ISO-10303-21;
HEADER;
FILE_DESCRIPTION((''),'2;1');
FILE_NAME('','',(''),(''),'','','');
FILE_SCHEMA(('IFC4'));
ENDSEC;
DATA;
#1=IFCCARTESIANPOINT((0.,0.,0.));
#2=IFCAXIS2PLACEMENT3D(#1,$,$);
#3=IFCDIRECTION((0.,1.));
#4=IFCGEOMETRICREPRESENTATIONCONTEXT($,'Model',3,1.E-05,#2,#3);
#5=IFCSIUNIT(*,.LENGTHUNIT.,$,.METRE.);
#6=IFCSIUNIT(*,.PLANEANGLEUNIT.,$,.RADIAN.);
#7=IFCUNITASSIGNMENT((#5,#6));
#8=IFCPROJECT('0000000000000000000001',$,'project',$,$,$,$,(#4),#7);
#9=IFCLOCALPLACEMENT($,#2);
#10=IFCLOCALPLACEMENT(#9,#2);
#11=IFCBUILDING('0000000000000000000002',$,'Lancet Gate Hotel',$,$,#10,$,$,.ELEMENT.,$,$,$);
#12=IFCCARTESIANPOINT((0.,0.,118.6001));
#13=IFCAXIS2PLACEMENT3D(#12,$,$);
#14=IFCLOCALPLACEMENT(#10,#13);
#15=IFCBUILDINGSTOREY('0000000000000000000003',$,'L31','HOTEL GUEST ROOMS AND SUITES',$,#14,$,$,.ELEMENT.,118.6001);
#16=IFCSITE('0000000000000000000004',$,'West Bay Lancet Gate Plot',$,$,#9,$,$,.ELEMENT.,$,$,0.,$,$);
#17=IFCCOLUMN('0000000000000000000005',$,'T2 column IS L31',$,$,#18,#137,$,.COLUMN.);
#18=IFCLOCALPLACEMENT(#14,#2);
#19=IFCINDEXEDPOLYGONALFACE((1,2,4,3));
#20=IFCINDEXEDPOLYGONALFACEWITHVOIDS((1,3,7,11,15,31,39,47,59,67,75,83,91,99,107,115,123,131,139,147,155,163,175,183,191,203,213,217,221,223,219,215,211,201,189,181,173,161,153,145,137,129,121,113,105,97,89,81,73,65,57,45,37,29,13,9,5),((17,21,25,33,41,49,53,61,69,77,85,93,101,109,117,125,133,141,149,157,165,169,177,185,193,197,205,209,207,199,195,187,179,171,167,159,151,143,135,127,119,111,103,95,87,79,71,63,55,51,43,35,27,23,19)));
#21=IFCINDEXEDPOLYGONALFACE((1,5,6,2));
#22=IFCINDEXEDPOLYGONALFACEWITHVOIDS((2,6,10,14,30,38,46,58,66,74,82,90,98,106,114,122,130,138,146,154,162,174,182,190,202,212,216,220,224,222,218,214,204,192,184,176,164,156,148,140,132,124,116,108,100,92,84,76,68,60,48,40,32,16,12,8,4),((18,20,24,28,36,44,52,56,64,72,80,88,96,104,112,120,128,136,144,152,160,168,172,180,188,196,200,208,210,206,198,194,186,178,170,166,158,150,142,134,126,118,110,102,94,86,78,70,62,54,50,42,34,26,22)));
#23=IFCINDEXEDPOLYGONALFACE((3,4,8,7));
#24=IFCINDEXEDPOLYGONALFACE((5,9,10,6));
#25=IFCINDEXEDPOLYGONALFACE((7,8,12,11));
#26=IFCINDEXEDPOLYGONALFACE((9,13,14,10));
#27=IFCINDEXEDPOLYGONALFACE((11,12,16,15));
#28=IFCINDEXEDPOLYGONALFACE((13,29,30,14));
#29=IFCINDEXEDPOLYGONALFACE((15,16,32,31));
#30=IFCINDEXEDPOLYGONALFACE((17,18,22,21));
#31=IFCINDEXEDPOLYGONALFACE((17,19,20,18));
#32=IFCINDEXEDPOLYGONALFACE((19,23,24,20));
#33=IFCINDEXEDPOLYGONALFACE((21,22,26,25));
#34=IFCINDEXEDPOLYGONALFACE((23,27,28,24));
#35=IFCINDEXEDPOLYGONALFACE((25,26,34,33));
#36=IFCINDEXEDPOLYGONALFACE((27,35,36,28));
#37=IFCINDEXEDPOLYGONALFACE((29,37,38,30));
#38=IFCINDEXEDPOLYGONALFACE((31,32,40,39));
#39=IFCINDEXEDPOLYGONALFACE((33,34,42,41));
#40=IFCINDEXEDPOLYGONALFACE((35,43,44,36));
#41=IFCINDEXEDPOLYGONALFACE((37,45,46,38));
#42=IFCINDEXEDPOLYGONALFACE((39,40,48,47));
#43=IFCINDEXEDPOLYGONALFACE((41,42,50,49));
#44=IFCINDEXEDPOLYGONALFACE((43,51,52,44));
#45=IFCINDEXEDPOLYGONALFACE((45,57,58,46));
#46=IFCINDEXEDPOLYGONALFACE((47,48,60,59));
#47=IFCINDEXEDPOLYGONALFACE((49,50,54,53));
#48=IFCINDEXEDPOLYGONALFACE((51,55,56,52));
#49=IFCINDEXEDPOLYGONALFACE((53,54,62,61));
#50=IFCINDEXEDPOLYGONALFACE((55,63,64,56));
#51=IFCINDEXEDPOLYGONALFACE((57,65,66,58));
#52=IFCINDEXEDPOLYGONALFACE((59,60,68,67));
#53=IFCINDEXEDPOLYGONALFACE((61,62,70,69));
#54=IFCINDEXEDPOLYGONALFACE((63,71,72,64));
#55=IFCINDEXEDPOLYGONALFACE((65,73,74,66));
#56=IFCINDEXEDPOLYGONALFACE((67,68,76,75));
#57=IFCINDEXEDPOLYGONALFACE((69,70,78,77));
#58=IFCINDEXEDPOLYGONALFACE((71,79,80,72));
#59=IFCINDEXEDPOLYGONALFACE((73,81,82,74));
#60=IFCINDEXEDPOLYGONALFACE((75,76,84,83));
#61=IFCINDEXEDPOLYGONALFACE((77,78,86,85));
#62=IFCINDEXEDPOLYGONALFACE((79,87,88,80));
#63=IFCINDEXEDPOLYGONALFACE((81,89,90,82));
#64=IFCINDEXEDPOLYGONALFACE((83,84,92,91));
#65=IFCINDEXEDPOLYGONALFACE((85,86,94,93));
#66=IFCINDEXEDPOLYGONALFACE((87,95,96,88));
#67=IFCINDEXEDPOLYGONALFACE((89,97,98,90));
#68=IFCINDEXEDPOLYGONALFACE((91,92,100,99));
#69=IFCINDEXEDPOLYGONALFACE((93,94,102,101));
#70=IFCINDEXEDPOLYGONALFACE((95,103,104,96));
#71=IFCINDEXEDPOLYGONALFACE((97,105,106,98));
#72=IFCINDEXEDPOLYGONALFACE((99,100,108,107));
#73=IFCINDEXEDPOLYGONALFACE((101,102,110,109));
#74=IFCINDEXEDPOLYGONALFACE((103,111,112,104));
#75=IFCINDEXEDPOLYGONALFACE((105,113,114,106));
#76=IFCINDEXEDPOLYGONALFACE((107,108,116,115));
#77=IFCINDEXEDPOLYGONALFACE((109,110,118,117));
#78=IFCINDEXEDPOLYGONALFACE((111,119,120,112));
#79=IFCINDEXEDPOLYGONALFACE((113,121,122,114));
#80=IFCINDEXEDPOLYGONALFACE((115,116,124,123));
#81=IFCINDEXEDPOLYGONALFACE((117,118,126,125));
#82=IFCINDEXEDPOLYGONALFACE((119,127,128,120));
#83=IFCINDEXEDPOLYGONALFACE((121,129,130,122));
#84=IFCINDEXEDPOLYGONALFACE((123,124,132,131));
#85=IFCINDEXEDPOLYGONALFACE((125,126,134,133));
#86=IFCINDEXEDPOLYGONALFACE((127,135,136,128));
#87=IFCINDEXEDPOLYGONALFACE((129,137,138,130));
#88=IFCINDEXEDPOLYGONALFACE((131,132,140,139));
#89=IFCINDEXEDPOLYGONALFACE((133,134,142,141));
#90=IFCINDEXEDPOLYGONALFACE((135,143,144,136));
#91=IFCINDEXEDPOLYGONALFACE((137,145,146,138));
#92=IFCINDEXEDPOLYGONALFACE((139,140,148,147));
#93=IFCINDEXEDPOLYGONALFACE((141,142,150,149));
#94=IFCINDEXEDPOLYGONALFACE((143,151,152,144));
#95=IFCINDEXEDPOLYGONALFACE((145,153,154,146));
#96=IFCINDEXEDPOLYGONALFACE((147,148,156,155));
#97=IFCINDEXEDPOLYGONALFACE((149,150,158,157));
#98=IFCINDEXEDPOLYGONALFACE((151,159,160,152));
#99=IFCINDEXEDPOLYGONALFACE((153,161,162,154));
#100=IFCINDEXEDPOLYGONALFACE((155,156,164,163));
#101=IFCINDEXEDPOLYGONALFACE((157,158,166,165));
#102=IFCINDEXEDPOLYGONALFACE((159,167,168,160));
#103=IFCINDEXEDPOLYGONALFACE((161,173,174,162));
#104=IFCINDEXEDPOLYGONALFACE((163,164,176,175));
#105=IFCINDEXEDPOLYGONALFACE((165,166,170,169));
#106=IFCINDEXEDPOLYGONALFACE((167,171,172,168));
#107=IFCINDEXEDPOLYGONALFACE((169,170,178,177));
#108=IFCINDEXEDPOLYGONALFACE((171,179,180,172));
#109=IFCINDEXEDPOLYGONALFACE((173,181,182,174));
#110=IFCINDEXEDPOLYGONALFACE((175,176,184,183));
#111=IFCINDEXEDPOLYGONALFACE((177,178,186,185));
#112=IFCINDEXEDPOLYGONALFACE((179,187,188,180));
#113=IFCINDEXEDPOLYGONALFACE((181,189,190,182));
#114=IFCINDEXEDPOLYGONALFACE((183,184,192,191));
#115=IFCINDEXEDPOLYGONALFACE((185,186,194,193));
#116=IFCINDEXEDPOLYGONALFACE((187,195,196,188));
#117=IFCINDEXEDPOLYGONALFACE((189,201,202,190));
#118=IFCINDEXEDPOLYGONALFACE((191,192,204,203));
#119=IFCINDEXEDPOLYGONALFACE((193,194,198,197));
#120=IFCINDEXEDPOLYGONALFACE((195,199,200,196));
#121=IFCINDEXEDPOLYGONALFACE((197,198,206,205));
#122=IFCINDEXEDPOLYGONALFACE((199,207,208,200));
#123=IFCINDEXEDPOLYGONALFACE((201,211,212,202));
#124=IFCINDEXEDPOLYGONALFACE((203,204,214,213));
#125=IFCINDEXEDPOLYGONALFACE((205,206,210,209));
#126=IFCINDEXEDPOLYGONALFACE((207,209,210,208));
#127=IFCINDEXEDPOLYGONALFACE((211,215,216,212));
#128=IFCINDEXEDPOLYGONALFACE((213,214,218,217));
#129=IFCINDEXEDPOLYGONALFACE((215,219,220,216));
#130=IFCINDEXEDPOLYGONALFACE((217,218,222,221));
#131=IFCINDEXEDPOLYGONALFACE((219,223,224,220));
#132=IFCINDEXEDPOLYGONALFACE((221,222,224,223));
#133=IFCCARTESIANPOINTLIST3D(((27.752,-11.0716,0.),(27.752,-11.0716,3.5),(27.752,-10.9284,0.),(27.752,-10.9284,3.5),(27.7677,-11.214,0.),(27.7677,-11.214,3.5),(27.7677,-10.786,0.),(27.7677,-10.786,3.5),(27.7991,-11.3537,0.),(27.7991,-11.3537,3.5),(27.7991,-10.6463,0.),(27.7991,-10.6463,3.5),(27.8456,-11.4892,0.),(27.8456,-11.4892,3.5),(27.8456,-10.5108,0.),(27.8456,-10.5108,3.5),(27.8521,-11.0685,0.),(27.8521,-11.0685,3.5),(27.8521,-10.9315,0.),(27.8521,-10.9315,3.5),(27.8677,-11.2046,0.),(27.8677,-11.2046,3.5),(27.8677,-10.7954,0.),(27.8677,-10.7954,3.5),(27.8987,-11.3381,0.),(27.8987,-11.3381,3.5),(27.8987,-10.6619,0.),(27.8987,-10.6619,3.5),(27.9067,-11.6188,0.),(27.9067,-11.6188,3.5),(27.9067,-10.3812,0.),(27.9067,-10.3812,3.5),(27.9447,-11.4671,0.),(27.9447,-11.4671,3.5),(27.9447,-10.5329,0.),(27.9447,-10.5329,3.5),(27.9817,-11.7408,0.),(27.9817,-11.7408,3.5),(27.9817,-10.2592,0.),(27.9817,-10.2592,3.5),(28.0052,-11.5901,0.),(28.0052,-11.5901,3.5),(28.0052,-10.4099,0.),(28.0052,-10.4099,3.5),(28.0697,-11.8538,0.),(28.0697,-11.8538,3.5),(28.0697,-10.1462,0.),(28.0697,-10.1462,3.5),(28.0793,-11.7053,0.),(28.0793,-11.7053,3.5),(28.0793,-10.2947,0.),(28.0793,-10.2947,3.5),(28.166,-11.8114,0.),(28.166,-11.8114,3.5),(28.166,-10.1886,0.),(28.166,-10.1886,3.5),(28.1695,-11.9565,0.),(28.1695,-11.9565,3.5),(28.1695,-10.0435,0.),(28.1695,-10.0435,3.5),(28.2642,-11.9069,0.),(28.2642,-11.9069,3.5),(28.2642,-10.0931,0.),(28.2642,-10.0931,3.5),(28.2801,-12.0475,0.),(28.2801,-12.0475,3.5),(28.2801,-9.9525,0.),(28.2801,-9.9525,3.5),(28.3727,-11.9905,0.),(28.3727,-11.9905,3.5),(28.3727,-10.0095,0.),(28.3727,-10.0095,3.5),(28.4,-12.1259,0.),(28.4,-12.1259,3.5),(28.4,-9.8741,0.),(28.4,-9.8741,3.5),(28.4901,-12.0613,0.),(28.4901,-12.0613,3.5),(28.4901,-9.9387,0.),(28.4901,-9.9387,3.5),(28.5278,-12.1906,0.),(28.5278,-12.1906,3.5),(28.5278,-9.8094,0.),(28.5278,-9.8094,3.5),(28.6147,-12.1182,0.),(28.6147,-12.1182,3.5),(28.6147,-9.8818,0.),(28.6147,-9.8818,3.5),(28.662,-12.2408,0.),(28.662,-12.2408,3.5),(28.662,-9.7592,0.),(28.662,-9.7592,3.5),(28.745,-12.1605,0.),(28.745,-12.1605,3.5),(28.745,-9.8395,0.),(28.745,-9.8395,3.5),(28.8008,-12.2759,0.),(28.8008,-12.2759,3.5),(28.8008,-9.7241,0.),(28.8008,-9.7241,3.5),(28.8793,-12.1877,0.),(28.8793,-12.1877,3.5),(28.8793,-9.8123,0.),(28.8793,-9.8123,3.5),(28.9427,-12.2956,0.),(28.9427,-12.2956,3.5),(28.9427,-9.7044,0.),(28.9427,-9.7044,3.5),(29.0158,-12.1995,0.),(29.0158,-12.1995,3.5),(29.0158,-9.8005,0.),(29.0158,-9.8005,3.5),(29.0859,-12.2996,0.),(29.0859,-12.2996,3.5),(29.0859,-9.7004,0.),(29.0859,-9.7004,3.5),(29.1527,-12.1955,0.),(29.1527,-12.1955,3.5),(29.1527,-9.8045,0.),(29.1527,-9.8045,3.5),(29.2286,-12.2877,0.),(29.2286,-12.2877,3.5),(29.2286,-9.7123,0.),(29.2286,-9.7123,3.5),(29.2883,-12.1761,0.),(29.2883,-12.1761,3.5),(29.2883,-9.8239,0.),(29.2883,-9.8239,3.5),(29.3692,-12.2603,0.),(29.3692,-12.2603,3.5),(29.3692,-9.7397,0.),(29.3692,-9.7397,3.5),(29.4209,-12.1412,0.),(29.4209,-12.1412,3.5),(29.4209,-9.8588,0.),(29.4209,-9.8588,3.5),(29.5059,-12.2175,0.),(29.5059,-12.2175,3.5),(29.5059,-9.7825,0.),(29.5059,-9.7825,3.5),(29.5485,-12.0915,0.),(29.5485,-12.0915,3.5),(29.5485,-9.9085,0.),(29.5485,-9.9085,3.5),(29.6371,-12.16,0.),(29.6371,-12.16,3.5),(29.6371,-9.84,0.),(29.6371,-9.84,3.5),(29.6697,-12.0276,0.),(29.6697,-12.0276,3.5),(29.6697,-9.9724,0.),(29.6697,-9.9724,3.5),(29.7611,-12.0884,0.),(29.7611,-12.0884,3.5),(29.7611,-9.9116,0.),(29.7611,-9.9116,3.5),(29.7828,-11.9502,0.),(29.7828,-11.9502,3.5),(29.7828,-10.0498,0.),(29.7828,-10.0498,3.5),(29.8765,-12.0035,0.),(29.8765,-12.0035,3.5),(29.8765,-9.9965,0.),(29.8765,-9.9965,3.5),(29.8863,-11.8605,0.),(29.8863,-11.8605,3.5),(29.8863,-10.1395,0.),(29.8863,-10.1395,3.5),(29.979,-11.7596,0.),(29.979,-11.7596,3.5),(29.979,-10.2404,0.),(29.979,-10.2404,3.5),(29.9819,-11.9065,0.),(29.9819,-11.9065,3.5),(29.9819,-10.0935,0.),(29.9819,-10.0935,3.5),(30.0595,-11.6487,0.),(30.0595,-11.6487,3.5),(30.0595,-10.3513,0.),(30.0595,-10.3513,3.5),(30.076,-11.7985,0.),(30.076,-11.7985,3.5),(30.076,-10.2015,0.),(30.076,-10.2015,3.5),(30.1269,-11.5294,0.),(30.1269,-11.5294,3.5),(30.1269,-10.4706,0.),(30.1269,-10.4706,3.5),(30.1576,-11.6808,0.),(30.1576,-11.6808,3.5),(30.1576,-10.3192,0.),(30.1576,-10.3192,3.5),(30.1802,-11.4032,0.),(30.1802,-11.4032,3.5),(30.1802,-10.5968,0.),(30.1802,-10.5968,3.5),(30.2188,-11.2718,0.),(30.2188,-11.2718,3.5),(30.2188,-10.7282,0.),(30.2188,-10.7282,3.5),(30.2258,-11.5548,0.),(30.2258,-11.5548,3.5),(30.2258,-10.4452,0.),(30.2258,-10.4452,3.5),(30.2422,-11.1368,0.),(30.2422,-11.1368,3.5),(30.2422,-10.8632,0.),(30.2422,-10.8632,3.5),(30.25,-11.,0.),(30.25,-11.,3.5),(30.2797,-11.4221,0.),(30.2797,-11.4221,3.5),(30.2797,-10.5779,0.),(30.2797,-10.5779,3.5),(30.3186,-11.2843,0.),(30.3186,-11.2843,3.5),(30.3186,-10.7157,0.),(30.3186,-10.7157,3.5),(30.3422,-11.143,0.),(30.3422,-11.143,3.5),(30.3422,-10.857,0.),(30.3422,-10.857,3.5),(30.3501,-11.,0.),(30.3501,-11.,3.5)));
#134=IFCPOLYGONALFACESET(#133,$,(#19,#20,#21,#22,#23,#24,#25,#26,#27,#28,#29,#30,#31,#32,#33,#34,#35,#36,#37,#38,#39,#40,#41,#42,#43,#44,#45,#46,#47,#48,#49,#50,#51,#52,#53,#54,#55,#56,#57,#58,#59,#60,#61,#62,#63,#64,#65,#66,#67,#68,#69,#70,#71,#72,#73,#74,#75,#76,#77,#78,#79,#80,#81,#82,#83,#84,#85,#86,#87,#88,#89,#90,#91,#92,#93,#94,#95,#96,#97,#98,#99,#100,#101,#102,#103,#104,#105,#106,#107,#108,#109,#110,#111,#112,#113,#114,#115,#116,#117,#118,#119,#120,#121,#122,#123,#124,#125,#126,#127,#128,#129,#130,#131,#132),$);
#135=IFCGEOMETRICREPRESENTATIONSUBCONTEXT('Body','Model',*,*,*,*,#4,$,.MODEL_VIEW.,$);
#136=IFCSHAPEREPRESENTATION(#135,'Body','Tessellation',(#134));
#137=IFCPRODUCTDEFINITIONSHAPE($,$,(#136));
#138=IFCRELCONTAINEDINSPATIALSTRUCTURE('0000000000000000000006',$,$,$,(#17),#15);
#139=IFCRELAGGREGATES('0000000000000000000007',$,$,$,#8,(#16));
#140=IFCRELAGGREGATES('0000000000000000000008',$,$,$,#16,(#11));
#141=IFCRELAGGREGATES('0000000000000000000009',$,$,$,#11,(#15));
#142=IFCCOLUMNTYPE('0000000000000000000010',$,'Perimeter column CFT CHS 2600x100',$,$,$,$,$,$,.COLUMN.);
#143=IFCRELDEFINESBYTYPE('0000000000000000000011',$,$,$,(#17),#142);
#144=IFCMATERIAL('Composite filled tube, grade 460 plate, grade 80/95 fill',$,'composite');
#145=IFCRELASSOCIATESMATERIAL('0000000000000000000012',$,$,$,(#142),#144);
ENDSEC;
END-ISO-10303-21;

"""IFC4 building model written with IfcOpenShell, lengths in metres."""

from ifc_helpers import new_model, si_unit, direction, frame, origin, origin_2d, place, context, subcontext, project, spatial, hollow_circle, extrude, material, material_profile, profile_set, type_object, element, save


model = new_model("IFC4")

# Units and contexts
model_context = context("Model", 3, precision=1e-05, world=origin(), true_north=direction((0.0, 1.0)))
body_context = subcontext(model_context, "Body", "Model", "MODEL_VIEW")
ifc_project = project(units=[si_unit("LENGTHUNIT", "METRE"), si_unit("PLANEANGLEUNIT", "RADIAN")], contexts=[model_context])

# Site, building, storey
site_placement = place(None, origin())
site = spatial("IfcSite", under=ifc_project, at=site_placement, Name="West Bay Lancet Gate Plot", CompositionType="ELEMENT", RefElevation=0.0)
building_placement = place(site_placement, origin())
building = spatial("IfcBuilding", under=site, at=building_placement, Name="Lancet Gate Hotel", CompositionType="ELEMENT")
storey_placement = place(building_placement, frame((0.0, 0.0, 118.6001)))
storey = spatial("IfcBuildingStorey", under=building, at=storey_placement, Name="L31", Description="HOTEL GUEST ROOMS AND SUITES", CompositionType="ELEMENT", Elevation=118.6001)

# Column
ifc_material_1 = material(Name="Composite filled tube, grade 460 plate, grade 80/95 fill", Category="composite")
ifc_material_profile_1 = material_profile(ifc_material_1, hollow_circle(Radius=1.3, WallThickness=0.1001, at=origin_2d()), Name="CHS 2600x100")
ifc_profile_set_1 = profile_set([ifc_material_profile_1], Name="Composite filled tube, grade 460 plate, grade 80/95 fill")
column_type = type_object("IfcColumnType", Name="Perimeter column CFT CHS 2600x100", PredefinedType="COLUMN", material=ifc_profile_set_1)
for number, where, z_axis, x_axis, name in (
    (1, (29.05, -11.0, 0.0), (0.0, 0.0, 1.0), (1.0, 0.0, 0.0), "T2 column IS L31"),
):
    element("IfcColumn", number, at=place(storey_placement, frame(where, z_axis=z_axis, x_axis=x_axis)), inside=storey, type_object=column_type, Name=name, PredefinedType="COLUMN", context=body_context, shape_type="SweptSolid", body=[
        extrude(hollow_circle(Radius=1.3, WallThickness=0.1001, at=origin_2d()), origin(), (0.0, 0.0, 1.0), 3.5),
    ])

save(model, "model.ifc")
